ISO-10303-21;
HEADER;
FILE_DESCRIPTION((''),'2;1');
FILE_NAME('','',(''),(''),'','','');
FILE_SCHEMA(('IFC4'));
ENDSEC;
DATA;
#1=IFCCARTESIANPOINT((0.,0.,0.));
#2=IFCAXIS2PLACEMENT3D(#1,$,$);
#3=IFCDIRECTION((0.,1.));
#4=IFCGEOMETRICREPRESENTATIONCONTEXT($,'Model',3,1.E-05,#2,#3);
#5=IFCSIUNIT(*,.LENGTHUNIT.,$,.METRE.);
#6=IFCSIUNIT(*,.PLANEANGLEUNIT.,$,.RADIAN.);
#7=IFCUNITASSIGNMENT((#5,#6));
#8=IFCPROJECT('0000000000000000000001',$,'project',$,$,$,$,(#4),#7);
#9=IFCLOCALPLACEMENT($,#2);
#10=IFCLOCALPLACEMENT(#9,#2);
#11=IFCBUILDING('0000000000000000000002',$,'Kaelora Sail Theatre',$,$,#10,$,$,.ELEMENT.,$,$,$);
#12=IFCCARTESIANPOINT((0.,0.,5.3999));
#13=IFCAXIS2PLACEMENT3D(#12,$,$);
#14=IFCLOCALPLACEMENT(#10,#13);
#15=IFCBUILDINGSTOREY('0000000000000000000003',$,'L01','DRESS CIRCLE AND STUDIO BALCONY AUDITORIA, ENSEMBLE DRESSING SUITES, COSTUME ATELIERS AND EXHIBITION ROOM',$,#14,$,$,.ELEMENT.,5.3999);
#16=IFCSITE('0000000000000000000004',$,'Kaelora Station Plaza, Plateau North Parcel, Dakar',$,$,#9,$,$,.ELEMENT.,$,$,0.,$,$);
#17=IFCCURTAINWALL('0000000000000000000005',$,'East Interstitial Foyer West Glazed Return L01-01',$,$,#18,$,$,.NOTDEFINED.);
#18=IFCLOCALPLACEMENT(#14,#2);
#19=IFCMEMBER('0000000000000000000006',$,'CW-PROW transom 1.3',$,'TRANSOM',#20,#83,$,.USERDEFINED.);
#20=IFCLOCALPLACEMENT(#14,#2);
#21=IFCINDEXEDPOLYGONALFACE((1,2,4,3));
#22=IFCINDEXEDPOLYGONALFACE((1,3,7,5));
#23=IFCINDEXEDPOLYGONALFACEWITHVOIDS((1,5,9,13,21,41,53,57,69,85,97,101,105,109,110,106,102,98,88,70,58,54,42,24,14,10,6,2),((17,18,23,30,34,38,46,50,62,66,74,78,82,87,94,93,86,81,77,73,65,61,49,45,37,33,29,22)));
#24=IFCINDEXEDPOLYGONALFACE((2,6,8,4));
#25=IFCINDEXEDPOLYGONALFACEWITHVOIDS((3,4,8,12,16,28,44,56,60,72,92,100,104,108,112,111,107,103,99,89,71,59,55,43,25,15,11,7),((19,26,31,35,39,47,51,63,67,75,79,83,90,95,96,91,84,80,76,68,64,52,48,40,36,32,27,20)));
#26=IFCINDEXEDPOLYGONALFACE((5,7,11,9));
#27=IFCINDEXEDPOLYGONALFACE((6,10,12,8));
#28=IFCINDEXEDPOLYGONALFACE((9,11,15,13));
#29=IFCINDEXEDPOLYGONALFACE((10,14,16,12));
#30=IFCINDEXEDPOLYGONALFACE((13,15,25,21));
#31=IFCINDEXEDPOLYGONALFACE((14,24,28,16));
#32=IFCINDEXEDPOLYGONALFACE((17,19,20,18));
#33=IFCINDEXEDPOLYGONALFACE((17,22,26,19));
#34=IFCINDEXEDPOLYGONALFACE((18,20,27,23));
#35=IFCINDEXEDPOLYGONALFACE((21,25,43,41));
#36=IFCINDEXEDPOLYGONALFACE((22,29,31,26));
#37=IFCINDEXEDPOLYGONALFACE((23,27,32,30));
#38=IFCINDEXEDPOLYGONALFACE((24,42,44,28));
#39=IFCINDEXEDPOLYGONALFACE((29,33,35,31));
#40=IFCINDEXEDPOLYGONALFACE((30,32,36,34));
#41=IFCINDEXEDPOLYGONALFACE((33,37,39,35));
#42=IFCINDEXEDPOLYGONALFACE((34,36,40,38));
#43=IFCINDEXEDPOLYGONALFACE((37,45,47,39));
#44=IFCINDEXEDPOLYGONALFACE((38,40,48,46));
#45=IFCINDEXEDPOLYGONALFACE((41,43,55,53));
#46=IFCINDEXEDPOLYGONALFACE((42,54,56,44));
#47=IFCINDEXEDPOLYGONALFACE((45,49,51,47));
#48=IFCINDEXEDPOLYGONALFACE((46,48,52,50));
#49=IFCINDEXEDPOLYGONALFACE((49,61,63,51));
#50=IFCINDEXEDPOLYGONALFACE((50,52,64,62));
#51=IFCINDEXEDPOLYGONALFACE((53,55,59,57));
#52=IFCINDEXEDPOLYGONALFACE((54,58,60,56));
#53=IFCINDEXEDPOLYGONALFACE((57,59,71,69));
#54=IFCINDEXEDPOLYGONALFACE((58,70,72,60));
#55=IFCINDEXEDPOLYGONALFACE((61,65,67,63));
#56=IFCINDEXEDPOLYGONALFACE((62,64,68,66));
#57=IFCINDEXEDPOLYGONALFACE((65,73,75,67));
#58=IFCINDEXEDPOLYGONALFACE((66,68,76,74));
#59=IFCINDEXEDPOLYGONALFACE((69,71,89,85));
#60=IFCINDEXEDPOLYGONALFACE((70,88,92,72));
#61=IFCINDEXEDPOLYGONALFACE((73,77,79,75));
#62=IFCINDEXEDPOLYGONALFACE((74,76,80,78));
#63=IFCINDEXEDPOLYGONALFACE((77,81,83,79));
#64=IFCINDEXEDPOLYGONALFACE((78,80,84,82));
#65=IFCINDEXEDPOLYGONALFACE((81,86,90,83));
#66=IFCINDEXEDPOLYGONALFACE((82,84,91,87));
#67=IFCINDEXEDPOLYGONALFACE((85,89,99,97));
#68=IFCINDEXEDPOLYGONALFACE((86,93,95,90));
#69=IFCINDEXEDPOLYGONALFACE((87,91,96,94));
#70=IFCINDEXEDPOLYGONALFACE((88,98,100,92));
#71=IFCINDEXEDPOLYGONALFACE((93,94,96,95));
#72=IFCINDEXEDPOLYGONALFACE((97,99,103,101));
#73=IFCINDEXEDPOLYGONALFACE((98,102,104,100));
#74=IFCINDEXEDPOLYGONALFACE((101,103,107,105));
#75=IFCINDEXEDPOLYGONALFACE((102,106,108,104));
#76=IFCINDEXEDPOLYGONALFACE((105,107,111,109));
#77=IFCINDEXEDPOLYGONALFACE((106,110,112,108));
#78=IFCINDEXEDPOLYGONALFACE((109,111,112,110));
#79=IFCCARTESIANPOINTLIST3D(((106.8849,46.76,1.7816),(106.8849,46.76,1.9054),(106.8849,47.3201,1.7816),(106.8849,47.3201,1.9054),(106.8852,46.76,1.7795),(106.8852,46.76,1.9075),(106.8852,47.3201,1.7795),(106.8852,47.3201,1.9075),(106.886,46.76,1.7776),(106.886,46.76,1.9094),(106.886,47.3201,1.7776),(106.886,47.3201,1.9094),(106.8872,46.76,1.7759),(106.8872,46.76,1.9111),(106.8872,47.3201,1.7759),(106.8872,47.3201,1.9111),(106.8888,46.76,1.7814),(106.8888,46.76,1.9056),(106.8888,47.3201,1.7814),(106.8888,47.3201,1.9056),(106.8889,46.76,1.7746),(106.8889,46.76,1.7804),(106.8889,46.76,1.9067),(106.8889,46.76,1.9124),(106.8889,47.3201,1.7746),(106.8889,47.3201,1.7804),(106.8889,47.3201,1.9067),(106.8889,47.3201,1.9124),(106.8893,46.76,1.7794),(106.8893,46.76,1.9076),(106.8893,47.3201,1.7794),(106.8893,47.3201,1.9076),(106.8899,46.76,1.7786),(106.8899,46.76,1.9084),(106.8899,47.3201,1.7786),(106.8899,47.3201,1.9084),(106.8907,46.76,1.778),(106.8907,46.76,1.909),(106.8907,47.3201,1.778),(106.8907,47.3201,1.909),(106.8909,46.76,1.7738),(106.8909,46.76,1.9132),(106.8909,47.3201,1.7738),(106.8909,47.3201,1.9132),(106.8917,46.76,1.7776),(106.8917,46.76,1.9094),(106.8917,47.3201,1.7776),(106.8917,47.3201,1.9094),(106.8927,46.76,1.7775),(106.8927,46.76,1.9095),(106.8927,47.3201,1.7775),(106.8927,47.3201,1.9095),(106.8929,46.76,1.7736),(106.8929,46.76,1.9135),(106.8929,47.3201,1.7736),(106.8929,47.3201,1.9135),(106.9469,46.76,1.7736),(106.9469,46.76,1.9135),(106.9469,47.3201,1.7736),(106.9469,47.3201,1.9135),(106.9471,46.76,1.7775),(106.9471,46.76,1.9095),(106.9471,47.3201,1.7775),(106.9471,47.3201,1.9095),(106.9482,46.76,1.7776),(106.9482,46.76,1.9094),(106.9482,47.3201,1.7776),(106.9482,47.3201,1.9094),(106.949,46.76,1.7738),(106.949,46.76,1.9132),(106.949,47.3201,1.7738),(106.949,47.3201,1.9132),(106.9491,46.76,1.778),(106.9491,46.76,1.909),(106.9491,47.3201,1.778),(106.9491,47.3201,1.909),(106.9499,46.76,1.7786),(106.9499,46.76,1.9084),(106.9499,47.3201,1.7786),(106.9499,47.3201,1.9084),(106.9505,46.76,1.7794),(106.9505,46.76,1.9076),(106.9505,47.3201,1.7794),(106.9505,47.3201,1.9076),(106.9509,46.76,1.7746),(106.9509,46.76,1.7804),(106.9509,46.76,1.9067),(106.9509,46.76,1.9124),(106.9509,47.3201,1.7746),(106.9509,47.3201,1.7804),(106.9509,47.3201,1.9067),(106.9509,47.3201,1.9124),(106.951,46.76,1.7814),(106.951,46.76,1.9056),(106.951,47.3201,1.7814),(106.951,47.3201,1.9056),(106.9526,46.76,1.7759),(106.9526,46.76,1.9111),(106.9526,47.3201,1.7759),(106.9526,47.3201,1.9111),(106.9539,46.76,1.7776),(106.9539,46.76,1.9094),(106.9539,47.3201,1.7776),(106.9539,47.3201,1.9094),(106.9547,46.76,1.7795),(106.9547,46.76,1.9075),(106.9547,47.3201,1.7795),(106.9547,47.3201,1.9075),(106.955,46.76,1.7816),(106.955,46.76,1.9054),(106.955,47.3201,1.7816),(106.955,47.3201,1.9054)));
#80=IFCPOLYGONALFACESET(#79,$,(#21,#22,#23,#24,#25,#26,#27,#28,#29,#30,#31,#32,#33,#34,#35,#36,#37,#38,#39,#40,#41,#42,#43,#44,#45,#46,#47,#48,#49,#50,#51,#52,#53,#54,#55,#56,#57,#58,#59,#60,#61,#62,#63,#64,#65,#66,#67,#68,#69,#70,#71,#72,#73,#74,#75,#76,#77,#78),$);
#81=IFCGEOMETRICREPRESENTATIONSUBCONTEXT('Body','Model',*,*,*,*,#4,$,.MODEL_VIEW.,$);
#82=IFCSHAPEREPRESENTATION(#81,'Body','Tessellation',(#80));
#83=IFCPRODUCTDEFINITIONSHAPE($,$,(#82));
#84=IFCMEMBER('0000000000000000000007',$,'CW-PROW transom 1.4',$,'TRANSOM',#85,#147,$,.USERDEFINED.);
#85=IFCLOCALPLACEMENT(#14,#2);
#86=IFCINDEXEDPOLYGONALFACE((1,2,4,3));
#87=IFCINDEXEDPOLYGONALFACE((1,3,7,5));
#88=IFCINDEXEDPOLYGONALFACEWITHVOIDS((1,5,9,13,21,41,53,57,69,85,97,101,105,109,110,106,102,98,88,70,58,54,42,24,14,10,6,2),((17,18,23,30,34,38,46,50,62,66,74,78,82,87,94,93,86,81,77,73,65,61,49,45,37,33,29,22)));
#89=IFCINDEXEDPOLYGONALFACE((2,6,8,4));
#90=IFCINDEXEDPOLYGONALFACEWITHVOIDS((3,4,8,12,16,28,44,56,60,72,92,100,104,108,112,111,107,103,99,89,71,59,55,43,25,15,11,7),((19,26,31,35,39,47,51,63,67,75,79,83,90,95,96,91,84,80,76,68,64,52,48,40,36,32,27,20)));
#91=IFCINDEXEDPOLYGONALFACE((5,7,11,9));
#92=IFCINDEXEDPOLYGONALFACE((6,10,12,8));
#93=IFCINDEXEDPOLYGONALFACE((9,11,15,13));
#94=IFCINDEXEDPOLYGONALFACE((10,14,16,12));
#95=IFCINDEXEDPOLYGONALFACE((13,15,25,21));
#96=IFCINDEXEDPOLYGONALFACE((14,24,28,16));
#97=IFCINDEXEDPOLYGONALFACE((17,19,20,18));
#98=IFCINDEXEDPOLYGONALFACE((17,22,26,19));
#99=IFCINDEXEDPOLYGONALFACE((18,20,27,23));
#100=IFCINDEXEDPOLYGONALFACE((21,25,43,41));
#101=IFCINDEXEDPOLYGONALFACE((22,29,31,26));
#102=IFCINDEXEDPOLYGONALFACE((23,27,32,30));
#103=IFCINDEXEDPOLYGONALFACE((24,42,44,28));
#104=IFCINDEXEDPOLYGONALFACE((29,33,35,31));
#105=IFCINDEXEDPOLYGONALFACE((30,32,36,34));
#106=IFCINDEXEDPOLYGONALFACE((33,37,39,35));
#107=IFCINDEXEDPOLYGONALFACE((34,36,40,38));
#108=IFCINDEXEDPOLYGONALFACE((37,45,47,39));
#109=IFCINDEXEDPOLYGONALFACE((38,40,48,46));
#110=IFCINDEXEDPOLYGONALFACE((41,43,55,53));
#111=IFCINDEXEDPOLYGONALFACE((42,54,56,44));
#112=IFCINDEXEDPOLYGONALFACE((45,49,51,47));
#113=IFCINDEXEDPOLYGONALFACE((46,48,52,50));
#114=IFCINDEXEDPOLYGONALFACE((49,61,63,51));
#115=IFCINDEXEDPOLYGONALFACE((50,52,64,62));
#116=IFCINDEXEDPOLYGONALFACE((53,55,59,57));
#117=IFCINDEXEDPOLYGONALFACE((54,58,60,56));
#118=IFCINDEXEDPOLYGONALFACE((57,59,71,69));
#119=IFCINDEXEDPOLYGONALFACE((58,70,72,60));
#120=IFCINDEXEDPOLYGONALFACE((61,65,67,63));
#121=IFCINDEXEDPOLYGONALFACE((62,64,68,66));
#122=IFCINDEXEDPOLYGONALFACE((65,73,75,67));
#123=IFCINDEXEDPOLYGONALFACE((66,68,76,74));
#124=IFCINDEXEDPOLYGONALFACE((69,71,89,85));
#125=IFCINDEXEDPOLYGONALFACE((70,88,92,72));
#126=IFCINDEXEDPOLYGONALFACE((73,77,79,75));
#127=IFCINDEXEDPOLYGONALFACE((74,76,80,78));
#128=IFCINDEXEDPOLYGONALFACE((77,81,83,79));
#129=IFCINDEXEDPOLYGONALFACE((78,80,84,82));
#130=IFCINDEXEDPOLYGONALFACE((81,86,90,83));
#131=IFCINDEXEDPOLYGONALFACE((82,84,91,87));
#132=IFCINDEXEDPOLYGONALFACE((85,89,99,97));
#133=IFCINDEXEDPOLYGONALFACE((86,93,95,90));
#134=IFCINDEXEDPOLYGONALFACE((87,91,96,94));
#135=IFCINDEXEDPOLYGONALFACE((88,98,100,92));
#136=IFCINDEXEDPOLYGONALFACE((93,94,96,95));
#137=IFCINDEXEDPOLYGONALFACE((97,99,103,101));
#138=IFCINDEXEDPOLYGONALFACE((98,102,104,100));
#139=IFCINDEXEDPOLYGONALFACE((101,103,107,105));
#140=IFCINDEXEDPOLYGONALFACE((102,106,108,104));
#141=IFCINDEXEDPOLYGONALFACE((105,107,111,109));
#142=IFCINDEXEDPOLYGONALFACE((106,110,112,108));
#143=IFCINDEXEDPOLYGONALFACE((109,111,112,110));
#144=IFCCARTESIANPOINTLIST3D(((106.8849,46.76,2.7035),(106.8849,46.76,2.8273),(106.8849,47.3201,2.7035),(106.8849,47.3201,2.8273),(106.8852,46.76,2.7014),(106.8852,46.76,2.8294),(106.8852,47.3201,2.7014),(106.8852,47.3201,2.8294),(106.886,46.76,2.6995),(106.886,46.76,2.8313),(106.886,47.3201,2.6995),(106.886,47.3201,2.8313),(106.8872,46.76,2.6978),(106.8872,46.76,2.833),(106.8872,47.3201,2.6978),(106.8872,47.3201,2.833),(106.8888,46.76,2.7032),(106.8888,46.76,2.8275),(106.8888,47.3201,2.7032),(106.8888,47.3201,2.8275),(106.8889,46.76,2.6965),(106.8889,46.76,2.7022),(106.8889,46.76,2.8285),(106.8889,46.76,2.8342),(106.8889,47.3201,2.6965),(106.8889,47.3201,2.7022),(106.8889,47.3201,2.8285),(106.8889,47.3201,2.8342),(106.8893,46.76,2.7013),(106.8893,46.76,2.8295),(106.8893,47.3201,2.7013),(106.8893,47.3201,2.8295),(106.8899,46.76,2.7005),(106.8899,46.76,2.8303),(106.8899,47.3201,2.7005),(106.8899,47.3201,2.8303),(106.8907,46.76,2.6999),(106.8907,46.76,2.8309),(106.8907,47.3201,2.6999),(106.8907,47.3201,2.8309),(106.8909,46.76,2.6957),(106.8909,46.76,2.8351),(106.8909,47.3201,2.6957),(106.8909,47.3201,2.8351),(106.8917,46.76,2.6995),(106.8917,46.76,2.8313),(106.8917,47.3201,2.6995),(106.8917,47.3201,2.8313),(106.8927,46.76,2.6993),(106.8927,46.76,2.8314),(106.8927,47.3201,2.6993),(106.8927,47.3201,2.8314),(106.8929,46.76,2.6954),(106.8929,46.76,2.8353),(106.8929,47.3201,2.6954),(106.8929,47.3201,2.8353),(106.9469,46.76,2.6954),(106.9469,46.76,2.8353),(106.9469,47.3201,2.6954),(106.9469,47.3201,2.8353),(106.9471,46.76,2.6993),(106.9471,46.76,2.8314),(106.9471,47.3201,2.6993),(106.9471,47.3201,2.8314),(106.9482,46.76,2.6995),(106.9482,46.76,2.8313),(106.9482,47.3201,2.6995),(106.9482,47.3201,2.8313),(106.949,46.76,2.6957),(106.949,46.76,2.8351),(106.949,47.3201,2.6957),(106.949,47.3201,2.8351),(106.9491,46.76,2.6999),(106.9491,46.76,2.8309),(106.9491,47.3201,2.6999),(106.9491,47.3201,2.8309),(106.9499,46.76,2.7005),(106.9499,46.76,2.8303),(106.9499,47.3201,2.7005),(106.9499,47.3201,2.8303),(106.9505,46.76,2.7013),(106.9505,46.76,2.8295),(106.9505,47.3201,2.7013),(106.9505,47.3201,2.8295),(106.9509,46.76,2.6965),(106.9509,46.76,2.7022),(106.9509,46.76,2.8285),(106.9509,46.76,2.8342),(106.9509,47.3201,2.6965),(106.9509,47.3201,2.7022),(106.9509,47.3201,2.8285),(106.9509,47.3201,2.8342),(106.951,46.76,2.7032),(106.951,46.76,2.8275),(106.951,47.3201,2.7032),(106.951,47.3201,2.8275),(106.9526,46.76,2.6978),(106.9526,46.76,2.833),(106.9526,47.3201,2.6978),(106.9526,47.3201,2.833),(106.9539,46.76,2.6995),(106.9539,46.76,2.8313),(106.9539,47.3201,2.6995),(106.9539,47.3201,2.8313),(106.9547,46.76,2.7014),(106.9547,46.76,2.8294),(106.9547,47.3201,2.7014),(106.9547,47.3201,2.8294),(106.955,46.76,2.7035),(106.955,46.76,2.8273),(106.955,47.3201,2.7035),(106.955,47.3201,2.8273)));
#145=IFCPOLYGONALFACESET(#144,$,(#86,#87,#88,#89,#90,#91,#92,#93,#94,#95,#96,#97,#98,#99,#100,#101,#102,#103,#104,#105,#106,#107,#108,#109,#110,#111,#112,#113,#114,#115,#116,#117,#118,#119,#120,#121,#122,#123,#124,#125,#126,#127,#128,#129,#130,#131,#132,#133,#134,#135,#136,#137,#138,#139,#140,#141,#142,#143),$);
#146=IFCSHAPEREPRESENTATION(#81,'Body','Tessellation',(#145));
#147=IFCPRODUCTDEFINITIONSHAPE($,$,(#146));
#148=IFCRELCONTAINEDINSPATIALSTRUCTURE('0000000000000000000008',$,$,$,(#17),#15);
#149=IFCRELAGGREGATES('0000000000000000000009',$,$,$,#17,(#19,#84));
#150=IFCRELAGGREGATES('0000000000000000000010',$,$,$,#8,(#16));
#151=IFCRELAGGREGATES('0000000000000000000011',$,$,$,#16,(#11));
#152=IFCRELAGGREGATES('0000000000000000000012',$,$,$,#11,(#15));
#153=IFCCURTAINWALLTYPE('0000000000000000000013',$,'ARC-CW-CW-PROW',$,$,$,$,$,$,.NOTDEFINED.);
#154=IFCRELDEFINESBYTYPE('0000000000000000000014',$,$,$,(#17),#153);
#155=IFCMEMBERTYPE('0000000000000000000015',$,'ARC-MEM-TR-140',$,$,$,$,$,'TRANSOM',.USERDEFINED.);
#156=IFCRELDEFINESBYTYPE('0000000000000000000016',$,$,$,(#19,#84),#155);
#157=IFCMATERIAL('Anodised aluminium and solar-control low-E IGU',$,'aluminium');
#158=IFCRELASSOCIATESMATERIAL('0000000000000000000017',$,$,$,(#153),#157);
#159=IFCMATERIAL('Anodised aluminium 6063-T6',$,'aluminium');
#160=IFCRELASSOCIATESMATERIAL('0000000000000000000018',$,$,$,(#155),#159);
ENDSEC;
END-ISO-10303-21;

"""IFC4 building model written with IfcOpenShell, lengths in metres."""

from ifc_helpers import new_model, si_unit, direction, frame, origin, origin_2d, place, context, subcontext, project, spatial, hollow_rectangle, extrude, material, material_profile, profile_set, type_object, element, aggregate, save


model = new_model("IFC4")

# Units and contexts
model_context = context("Model", 3, precision=1e-05, world=origin(), true_north=direction((0.0, 1.0)))
body_context = subcontext(model_context, "Body", "Model", "MODEL_VIEW")
ifc_project = project(units=[si_unit("LENGTHUNIT", "METRE"), si_unit("PLANEANGLEUNIT", "RADIAN")], contexts=[model_context])

# Site, building, storey
site_placement = place(None, origin())
site = spatial("IfcSite", under=ifc_project, at=site_placement, Name="Kaelora Station Plaza, Plateau North Parcel, Dakar", CompositionType="ELEMENT", RefElevation=0.0)
building_placement = place(site_placement, origin())
building = spatial("IfcBuilding", under=site, at=building_placement, Name="Kaelora Sail Theatre", CompositionType="ELEMENT")
storey_placement = place(building_placement, frame((0.0, 0.0, 5.3999)))
storey = spatial("IfcBuildingStorey", under=building, at=storey_placement, Name="L01", Description="DRESS CIRCLE AND STUDIO BALCONY AUDITORIA, ENSEMBLE DRESSING SUITES, COSTUME ATELIERS AND EXHIBITION ROOM", CompositionType="ELEMENT", Elevation=5.3999)

# Shared definitions
ifc_material_1 = material(Name="Anodised aluminium and solar-control low-E IGU", Category="aluminium")
curtain_wall_type = type_object("IfcCurtainWallType", Name="ARC-CW-CW-PROW", PredefinedType="NOTDEFINED", material=ifc_material_1)

# Curtain wall
curtain_wall_1_placement = place(storey_placement, origin())
curtain_wall_1 = element("IfcCurtainWall", 1, at=curtain_wall_1_placement, inside=storey, type_object=curtain_wall_type, Name="East Interstitial Foyer West Glazed Return L01-01", PredefinedType="NOTDEFINED")

# Members
ifc_material_2 = material(Name="Anodised aluminium 6063-T6", Category="aluminium")
ifc_material_profile_1 = material_profile(ifc_material_2, hollow_rectangle(XDim=0.0701, YDim=0.1399, WallThickness=0.0039, InnerFilletRadius=0.0039, OuterFilletRadius=0.0081, at=origin_2d()), Name="ALU-TRAN 70x140x4")
ifc_profile_set_1 = profile_set([ifc_material_profile_1], Name="Anodised aluminium 6063-T6")
member_type_1 = type_object("IfcMemberType", Name="ARC-MEM-TR-140", ElementType="TRANSOM", PredefinedType="USERDEFINED", material=ifc_profile_set_1)
member_1_placement = place(storey_placement, frame((106.9199, 46.76, 1.8435), z_axis=(0.0, 1.0, 0.0), x_axis=(-1.0, 0.0, 0.0)))
member_1 = element("IfcMember", 2, at=member_1_placement, type_object=member_type_1, Name="CW-PROW transom 1.3", ObjectType="TRANSOM", PredefinedType="USERDEFINED", context=body_context, shape_type="SweptSolid", body=[
    extrude(hollow_rectangle(XDim=0.0701, YDim=0.1399, WallThickness=0.0039, InnerFilletRadius=0.0039, OuterFilletRadius=0.0081, at=origin_2d()), origin(), (0.0, 0.0, 1.0), 0.5601),
])
member_2_placement = place(storey_placement, frame((106.9199, 46.76, 2.7654), z_axis=(0.0, 1.0, 0.0), x_axis=(-1.0, 0.0, 0.0)))
member_2 = element("IfcMember", 3, at=member_2_placement, type_object=member_type_1, Name="CW-PROW transom 1.4", ObjectType="TRANSOM", PredefinedType="USERDEFINED", context=body_context, shape_type="SweptSolid", body=[
    extrude(hollow_rectangle(XDim=0.0701, YDim=0.1399, WallThickness=0.0039, InnerFilletRadius=0.0039, OuterFilletRadius=0.0081, at=origin_2d()), origin(), (0.0, 0.0, 1.0), 0.5601),
])

aggregate(curtain_wall_1, [member_1, member_2])

save(model, "model.ifc")
